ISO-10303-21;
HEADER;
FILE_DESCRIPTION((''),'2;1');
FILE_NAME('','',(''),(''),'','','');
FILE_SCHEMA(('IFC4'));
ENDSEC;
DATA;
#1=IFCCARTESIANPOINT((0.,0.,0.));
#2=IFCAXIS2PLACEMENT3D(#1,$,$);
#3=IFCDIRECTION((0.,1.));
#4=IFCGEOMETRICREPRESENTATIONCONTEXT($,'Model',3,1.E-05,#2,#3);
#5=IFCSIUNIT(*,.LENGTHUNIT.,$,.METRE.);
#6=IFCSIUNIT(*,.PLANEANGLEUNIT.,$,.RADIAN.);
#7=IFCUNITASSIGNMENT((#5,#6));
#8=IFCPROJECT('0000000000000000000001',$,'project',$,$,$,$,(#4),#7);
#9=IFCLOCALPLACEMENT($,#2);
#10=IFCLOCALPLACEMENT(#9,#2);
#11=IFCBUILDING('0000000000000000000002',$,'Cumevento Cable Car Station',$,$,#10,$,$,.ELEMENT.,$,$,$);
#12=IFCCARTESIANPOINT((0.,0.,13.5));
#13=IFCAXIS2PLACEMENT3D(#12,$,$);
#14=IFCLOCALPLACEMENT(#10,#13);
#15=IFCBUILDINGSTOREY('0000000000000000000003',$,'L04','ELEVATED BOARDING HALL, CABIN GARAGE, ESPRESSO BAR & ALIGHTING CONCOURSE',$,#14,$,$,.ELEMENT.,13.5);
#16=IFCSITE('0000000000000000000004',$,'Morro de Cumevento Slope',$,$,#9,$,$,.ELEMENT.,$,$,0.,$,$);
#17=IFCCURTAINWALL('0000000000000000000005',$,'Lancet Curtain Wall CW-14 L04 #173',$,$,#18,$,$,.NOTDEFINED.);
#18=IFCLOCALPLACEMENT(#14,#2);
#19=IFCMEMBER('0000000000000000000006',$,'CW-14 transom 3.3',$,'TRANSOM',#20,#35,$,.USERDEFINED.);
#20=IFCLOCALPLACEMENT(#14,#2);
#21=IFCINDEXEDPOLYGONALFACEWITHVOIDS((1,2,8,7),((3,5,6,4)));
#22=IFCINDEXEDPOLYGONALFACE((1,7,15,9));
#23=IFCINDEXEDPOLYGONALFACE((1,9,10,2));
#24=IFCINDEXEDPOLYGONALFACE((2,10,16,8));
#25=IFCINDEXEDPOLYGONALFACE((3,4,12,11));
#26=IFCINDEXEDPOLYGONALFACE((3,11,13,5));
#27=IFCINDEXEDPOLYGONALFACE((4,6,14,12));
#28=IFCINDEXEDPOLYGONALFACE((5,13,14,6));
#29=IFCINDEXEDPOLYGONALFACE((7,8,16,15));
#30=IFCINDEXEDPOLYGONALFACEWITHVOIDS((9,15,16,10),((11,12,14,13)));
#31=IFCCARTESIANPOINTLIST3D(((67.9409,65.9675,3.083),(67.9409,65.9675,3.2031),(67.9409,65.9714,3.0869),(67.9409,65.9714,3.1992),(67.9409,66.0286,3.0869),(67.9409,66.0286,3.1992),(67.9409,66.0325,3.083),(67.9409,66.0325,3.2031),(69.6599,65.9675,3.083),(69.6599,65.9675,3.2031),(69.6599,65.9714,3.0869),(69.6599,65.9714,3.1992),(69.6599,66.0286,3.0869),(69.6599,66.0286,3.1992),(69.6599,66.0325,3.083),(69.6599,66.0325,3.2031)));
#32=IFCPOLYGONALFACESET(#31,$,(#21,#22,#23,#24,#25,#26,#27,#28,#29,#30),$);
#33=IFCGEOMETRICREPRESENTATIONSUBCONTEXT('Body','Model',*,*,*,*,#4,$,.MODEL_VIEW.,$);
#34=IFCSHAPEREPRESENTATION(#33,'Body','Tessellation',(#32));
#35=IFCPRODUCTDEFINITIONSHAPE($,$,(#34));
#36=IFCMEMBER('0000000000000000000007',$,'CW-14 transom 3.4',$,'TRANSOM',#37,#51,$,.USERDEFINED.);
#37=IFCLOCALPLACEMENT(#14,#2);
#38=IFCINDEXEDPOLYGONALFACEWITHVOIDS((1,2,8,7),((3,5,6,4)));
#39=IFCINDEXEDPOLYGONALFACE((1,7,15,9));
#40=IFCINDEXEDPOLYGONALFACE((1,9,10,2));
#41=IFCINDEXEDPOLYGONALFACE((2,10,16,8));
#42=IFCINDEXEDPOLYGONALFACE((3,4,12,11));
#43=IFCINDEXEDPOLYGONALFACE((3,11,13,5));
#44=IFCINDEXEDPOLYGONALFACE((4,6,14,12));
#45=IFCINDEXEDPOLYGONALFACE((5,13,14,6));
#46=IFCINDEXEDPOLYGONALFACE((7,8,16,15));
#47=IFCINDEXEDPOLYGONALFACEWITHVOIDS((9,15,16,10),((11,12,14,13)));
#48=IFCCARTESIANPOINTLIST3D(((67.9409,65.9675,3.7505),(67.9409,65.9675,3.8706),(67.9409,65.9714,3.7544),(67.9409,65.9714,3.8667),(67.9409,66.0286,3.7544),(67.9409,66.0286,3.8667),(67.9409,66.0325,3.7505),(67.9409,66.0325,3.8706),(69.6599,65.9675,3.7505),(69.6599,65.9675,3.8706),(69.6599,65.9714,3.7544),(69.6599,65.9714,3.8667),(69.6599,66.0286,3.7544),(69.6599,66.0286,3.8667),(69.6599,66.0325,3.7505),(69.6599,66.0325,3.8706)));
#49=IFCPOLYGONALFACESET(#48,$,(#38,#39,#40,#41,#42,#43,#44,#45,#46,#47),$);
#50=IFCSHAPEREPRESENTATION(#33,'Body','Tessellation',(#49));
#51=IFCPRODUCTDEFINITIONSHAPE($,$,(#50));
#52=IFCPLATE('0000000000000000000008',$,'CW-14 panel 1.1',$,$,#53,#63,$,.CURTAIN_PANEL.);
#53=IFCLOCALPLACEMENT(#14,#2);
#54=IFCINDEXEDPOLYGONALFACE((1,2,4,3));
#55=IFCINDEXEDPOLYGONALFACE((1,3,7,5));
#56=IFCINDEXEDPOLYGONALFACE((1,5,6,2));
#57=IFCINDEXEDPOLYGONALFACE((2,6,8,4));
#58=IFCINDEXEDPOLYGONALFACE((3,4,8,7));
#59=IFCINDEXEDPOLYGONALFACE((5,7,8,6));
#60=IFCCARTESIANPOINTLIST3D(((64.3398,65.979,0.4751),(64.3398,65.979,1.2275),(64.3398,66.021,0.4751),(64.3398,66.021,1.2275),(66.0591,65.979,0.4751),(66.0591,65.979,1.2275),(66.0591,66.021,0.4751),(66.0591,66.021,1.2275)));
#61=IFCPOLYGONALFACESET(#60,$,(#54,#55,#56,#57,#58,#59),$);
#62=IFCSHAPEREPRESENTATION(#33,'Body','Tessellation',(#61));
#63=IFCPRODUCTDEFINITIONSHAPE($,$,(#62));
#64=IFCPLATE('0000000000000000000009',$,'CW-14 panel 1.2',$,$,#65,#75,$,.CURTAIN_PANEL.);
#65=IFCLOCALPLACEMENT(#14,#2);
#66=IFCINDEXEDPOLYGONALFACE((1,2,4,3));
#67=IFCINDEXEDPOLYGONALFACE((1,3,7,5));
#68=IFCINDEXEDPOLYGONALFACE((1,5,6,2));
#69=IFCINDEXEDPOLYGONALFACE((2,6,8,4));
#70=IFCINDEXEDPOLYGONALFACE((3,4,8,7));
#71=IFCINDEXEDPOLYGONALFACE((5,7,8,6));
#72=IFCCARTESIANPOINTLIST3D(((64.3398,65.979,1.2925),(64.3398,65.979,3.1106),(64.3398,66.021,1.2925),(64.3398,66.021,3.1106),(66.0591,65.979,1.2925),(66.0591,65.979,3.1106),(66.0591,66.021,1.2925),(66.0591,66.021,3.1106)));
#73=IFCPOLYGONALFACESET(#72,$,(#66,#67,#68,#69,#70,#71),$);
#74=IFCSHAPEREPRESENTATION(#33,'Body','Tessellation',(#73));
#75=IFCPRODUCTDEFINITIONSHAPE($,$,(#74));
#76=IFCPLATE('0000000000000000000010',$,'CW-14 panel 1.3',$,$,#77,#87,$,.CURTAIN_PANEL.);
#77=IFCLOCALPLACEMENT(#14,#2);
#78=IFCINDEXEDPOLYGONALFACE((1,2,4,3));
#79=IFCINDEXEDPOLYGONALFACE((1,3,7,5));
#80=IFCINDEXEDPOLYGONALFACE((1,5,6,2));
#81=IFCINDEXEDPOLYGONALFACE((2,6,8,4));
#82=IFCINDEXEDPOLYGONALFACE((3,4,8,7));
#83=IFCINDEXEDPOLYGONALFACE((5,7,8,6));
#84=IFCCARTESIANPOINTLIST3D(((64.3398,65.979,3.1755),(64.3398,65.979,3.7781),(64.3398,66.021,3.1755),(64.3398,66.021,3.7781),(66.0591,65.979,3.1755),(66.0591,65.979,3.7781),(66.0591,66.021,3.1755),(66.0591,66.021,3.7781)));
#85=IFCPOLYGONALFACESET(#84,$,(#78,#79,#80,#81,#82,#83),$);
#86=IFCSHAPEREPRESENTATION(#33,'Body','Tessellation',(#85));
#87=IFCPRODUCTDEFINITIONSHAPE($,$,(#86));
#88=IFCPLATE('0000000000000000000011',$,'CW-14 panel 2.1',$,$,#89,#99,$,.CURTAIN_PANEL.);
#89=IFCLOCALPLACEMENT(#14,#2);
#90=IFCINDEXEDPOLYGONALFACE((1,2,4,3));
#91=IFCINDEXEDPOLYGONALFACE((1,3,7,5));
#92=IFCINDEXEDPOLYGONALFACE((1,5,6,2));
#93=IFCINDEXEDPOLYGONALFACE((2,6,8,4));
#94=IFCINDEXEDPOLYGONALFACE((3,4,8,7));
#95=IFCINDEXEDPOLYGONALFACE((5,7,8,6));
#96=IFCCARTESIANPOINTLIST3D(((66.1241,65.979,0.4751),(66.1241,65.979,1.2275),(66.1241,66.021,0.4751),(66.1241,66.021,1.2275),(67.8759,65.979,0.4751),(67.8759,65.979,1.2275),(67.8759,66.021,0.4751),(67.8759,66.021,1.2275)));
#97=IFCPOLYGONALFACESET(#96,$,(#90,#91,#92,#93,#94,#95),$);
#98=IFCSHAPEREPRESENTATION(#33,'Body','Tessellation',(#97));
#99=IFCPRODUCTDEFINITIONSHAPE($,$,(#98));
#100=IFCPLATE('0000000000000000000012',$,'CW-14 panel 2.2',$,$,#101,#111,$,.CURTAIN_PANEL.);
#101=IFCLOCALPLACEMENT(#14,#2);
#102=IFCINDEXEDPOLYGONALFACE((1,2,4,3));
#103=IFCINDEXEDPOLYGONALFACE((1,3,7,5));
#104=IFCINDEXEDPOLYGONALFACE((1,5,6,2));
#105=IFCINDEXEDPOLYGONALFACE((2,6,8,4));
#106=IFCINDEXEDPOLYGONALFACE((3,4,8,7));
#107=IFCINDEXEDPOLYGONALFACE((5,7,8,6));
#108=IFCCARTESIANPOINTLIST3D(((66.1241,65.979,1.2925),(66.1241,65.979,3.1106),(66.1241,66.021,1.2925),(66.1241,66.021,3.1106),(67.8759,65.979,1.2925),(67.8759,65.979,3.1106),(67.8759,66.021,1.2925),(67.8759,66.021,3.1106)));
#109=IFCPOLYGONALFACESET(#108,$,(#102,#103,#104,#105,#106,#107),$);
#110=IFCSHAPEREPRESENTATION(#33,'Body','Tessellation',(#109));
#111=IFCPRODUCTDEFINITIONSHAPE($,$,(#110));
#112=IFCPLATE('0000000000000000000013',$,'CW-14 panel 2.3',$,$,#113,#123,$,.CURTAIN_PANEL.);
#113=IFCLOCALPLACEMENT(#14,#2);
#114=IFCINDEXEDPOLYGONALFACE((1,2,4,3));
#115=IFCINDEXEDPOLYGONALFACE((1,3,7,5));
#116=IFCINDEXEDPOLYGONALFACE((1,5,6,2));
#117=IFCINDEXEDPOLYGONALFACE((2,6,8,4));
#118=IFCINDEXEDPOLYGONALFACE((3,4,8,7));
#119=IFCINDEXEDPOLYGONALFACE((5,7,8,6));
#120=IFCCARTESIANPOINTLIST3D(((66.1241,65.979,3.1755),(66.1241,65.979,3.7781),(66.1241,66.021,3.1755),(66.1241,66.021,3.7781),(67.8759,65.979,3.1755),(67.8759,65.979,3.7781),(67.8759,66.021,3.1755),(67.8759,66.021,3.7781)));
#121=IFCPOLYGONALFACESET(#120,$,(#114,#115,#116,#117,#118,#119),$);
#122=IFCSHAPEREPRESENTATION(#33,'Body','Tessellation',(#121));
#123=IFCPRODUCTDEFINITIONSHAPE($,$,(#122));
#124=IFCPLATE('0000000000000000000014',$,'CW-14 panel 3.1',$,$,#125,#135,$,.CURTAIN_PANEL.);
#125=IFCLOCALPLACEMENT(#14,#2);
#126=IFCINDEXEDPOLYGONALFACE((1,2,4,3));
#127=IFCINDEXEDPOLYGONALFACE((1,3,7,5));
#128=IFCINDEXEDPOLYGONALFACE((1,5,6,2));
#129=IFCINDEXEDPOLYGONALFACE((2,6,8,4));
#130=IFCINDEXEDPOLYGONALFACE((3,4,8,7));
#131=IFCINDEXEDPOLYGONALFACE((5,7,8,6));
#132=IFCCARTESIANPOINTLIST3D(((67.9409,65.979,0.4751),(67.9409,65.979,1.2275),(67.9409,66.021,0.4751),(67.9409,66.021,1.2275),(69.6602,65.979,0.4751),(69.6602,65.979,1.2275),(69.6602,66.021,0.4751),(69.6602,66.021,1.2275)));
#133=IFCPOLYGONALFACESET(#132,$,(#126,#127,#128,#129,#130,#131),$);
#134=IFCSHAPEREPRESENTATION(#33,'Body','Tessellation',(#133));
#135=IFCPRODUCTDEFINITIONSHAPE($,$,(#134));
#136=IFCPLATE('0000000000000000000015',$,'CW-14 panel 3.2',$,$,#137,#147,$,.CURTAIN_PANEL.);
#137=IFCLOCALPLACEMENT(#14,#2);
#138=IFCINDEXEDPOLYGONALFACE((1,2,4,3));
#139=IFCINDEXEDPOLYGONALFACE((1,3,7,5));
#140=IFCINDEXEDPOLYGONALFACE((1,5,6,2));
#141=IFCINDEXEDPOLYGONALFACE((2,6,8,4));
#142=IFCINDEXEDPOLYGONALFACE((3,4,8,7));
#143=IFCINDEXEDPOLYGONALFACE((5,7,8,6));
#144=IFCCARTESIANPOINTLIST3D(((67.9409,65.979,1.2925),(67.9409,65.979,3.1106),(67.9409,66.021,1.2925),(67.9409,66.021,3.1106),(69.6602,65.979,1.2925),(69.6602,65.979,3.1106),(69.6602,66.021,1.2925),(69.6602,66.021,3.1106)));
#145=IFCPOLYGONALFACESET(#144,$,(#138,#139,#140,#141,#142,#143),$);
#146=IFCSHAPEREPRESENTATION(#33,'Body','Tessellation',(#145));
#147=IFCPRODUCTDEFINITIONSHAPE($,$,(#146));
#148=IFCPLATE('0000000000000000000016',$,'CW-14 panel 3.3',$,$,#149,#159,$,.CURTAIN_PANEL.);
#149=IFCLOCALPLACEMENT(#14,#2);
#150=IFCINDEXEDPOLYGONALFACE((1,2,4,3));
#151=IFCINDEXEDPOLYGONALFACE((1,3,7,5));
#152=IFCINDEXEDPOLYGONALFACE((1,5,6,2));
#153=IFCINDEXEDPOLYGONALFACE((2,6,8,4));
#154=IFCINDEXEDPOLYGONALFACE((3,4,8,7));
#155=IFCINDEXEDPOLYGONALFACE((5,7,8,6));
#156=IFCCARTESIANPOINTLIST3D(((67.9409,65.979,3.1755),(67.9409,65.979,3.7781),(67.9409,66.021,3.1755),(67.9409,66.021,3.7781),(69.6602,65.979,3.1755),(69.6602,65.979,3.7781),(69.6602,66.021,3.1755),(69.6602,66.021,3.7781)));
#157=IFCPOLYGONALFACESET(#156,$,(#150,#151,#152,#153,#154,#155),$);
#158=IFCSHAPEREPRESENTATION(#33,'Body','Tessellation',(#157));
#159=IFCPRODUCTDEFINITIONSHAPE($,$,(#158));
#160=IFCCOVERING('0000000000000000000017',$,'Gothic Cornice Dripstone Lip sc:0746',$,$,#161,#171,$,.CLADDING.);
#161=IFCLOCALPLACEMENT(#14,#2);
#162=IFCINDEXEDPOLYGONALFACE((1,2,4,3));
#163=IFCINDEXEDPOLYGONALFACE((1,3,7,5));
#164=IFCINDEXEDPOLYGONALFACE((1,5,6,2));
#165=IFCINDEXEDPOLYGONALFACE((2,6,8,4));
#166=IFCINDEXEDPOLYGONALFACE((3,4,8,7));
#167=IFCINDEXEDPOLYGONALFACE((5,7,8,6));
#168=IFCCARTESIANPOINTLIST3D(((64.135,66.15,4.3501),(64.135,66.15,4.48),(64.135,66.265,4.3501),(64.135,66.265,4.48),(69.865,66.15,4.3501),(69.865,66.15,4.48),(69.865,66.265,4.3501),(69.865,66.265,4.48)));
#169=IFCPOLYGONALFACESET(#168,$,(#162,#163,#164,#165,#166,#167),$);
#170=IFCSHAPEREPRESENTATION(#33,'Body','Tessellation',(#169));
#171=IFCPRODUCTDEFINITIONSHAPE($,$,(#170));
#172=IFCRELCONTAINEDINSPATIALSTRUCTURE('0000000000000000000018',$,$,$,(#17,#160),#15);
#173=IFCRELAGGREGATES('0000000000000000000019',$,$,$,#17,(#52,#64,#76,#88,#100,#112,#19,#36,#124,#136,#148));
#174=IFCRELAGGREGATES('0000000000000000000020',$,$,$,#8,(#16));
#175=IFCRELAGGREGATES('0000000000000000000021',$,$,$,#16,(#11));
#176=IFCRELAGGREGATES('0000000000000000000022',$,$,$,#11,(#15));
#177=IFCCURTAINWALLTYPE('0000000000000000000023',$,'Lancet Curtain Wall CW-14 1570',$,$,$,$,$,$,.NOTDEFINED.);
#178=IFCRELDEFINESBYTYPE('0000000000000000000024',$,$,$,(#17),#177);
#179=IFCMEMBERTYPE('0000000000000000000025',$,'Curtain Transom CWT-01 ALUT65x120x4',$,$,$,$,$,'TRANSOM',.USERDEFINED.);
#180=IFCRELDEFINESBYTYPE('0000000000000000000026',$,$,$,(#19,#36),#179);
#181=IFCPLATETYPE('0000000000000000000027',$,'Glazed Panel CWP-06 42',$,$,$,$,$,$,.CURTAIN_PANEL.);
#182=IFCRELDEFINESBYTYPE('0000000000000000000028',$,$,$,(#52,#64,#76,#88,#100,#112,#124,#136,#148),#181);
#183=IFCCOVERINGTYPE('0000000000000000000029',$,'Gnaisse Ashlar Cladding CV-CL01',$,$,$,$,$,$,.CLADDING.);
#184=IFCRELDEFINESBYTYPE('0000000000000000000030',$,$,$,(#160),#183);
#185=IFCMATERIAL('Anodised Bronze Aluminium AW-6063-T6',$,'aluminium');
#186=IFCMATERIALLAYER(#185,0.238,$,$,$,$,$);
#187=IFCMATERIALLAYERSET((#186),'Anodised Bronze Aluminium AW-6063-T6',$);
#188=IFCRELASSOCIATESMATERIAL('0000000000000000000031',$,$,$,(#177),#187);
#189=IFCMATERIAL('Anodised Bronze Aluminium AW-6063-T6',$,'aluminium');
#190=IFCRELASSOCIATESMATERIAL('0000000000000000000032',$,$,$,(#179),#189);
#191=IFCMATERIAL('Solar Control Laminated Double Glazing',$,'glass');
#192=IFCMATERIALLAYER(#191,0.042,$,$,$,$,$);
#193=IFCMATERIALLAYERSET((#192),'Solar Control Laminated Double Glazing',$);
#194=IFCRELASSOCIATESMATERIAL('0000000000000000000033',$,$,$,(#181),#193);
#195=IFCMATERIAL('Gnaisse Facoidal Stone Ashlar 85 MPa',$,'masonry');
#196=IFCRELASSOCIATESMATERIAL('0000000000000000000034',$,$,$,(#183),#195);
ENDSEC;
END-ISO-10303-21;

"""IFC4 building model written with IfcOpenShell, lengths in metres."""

from ifc_helpers import new_model, si_unit, direction, frame, origin, origin_2d, place, context, subcontext, project, spatial, rectangle, hollow_rectangle, extrude, material, layer, layer_set, material_profile, profile_set, type_object, element, aggregate, save


model = new_model("IFC4")

# Units and contexts
model_context = context("Model", 3, precision=1e-05, world=origin(), true_north=direction((0.0, 1.0)))
body_context = subcontext(model_context, "Body", "Model", "MODEL_VIEW")
ifc_project = project(units=[si_unit("LENGTHUNIT", "METRE"), si_unit("PLANEANGLEUNIT", "RADIAN")], contexts=[model_context])

# Site, building, storey
site_placement = place(None, origin())
site = spatial("IfcSite", under=ifc_project, at=site_placement, Name="Morro de Cumevento Slope", CompositionType="ELEMENT", RefElevation=0.0)
building_placement = place(site_placement, origin())
building = spatial("IfcBuilding", under=site, at=building_placement, Name="Cumevento Cable Car Station", CompositionType="ELEMENT")
storey_placement = place(building_placement, frame((0.0, 0.0, 13.5)))
storey = spatial("IfcBuildingStorey", under=building, at=storey_placement, Name="L04", Description="ELEVATED BOARDING HALL, CABIN GARAGE, ESPRESSO BAR & ALIGHTING CONCOURSE", CompositionType="ELEMENT", Elevation=13.5)

# Curtain wall, members, plates
ifc_material_1 = material(Name="Anodised Bronze Aluminium AW-6063-T6", Category="aluminium")
ifc_layer_1 = layer(ifc_material_1, 0.238)
ifc_layer_set_1 = layer_set([ifc_layer_1], Name="Anodised Bronze Aluminium AW-6063-T6")
curtain_wall_type = type_object("IfcCurtainWallType", Name="Lancet Curtain Wall CW-14 1570", PredefinedType="NOTDEFINED", material=ifc_layer_set_1)
curtain_wall_placement = place(storey_placement, origin())
curtain_wall = element("IfcCurtainWall", 1, at=curtain_wall_placement, inside=storey, type_object=curtain_wall_type, Name="Lancet Curtain Wall CW-14 L04 #173", PredefinedType="NOTDEFINED")
ifc_material_2 = material(Name="Anodised Bronze Aluminium AW-6063-T6", Category="aluminium")
ifc_material_profile_1 = material_profile(ifc_material_2, hollow_rectangle(XDim=0.0649, YDim=0.1201, WallThickness=0.0039, at=origin_2d()), Name="ALUT65x120x4")
ifc_profile_set_1 = profile_set([ifc_material_profile_1], Name="Anodised Bronze Aluminium AW-6063-T6")
member_type_1 = type_object("IfcMemberType", Name="Curtain Transom CWT-01 ALUT65x120x4", ElementType="TRANSOM", PredefinedType="USERDEFINED", material=ifc_profile_set_1)
member_1_placement = place(storey_placement, frame((67.9409, 66.0, 3.1431), z_axis=(1.0, 0.0, 0.0), x_axis=(0.0, 1.0, 0.0)))
member_1 = element("IfcMember", 2, at=member_1_placement, type_object=member_type_1, Name="CW-14 transom 3.3", ObjectType="TRANSOM", PredefinedType="USERDEFINED", context=body_context, shape_type="SweptSolid", body=[
    extrude(hollow_rectangle(XDim=0.0649, YDim=0.1201, WallThickness=0.0039, at=origin_2d()), origin(), (0.0, 0.0, 1.0), 1.719),
])
member_2_placement = place(storey_placement, frame((67.9409, 66.0, 3.8105), z_axis=(1.0, 0.0, 0.0), x_axis=(0.0, 1.0, 0.0)))
member_2 = element("IfcMember", 3, at=member_2_placement, type_object=member_type_1, Name="CW-14 transom 3.4", ObjectType="TRANSOM", PredefinedType="USERDEFINED", context=body_context, shape_type="SweptSolid", body=[
    extrude(hollow_rectangle(XDim=0.0649, YDim=0.1201, WallThickness=0.0039, at=origin_2d()), origin(), (0.0, 0.0, 1.0), 1.719),
])
ifc_material_3 = material(Name="Solar Control Laminated Double Glazing", Category="glass")
ifc_layer_2 = layer(ifc_material_3, 0.042)
ifc_layer_set_2 = layer_set([ifc_layer_2], Name="Solar Control Laminated Double Glazing")
plate_type = type_object("IfcPlateType", Name="Glazed Panel CWP-06 42", PredefinedType="CURTAIN_PANEL", material=ifc_layer_set_2)
plate_1_placement = place(storey_placement, frame((65.1995, 66.0, 0.4751), z_axis=(0.0, 0.0, 1.0), x_axis=(1.0, 0.0, 0.0)))
plate_1 = element("IfcPlate", 4, at=plate_1_placement, type_object=plate_type, Name="CW-14 panel 1.1", PredefinedType="CURTAIN_PANEL", context=body_context, shape_type="SweptSolid", body=[
    extrude(rectangle(XDim=1.7192, YDim=0.042, at=origin_2d()), origin(), (0.0, 0.0, 1.0), 0.7524),
])
plate_2_placement = place(storey_placement, frame((65.1995, 66.0, 1.2925), z_axis=(0.0, 0.0, 1.0), x_axis=(1.0, 0.0, 0.0)))
plate_2 = element("IfcPlate", 5, at=plate_2_placement, type_object=plate_type, Name="CW-14 panel 1.2", PredefinedType="CURTAIN_PANEL", context=body_context, shape_type="SweptSolid", body=[
    extrude(rectangle(XDim=1.7192, YDim=0.042, at=origin_2d()), origin(), (0.0, 0.0, 1.0), 1.8181),
])
plate_3_placement = place(storey_placement, frame((65.1995, 66.0, 3.1755), z_axis=(0.0, 0.0, 1.0), x_axis=(1.0, 0.0, 0.0)))
plate_3 = element("IfcPlate", 6, at=plate_3_placement, type_object=plate_type, Name="CW-14 panel 1.3", PredefinedType="CURTAIN_PANEL", context=body_context, shape_type="SweptSolid", body=[
    extrude(rectangle(XDim=1.7192, YDim=0.042, at=origin_2d()), origin(), (0.0, 0.0, 1.0), 0.6025),
])
plate_4_placement = place(storey_placement, frame((67.0, 66.0, 0.4751), z_axis=(0.0, 0.0, 1.0), x_axis=(1.0, 0.0, 0.0)))
plate_4 = element("IfcPlate", 7, at=plate_4_placement, type_object=plate_type, Name="CW-14 panel 2.1", PredefinedType="CURTAIN_PANEL", context=body_context, shape_type="SweptSolid", body=[
    extrude(rectangle(XDim=1.7517, YDim=0.042, at=origin_2d()), origin(), (0.0, 0.0, 1.0), 0.7524),
])
plate_5_placement = place(storey_placement, frame((67.0, 66.0, 1.2925), z_axis=(0.0, 0.0, 1.0), x_axis=(1.0, 0.0, 0.0)))
plate_5 = element("IfcPlate", 8, at=plate_5_placement, type_object=plate_type, Name="CW-14 panel 2.2", PredefinedType="CURTAIN_PANEL", context=body_context, shape_type="SweptSolid", body=[
    extrude(rectangle(XDim=1.7517, YDim=0.042, at=origin_2d()), origin(), (0.0, 0.0, 1.0), 1.8181),
])
plate_6_placement = place(storey_placement, frame((67.0, 66.0, 3.1755), z_axis=(0.0, 0.0, 1.0), x_axis=(1.0, 0.0, 0.0)))
plate_6 = element("IfcPlate", 9, at=plate_6_placement, type_object=plate_type, Name="CW-14 panel 2.3", PredefinedType="CURTAIN_PANEL", context=body_context, shape_type="SweptSolid", body=[
    extrude(rectangle(XDim=1.7517, YDim=0.042, at=origin_2d()), origin(), (0.0, 0.0, 1.0), 0.6025),
])
plate_7_placement = place(storey_placement, frame((68.8005, 66.0, 0.4751), z_axis=(0.0, 0.0, 1.0), x_axis=(1.0, 0.0, 0.0)))
plate_7 = element("IfcPlate", 10, at=plate_7_placement, type_object=plate_type, Name="CW-14 panel 3.1", PredefinedType="CURTAIN_PANEL", context=body_context, shape_type="SweptSolid", body=[
    extrude(rectangle(XDim=1.7192, YDim=0.042, at=origin_2d()), origin(), (0.0, 0.0, 1.0), 0.7524),
])
plate_8_placement = place(storey_placement, frame((68.8005, 66.0, 1.2925), z_axis=(0.0, 0.0, 1.0), x_axis=(1.0, 0.0, 0.0)))
plate_8 = element("IfcPlate", 11, at=plate_8_placement, type_object=plate_type, Name="CW-14 panel 3.2", PredefinedType="CURTAIN_PANEL", context=body_context, shape_type="SweptSolid", body=[
    extrude(rectangle(XDim=1.7192, YDim=0.042, at=origin_2d()), origin(), (0.0, 0.0, 1.0), 1.8181),
])
plate_9_placement = place(storey_placement, frame((68.8005, 66.0, 3.1755), z_axis=(0.0, 0.0, 1.0), x_axis=(1.0, 0.0, 0.0)))
plate_9 = element("IfcPlate", 12, at=plate_9_placement, type_object=plate_type, Name="CW-14 panel 3.3", PredefinedType="CURTAIN_PANEL", context=body_context, shape_type="SweptSolid", body=[
    extrude(rectangle(XDim=1.7192, YDim=0.042, at=origin_2d()), origin(), (0.0, 0.0, 1.0), 0.6025),
])
aggregate(curtain_wall, [plate_1, plate_2, plate_3, plate_4, plate_5, plate_6, member_1, member_2, plate_7, plate_8, plate_9])

# Covering
ifc_material_4 = material(Name="Gnaisse Facoidal Stone Ashlar 85 MPa", Category="masonry")
covering_type = type_object("IfcCoveringType", Name="Gnaisse Ashlar Cladding CV-CL01", PredefinedType="CLADDING", material=ifc_material_4)
covering_placement = place(storey_placement, frame((67.0, 66.2075, 4.3501), z_axis=(0.0, 0.0, 1.0), x_axis=(1.0, 0.0, 0.0)))
element("IfcCovering", 13, at=covering_placement, inside=storey, type_object=covering_type, Name="Gothic Cornice Dripstone Lip sc:0746", PredefinedType="CLADDING", context=body_context, shape_type="SweptSolid", body=[
    extrude(rectangle(XDim=5.73, YDim=0.115, at=origin_2d()), origin(), (0.0, 0.0, 1.0), 0.1299),
])

save(model, "model.ifc")
